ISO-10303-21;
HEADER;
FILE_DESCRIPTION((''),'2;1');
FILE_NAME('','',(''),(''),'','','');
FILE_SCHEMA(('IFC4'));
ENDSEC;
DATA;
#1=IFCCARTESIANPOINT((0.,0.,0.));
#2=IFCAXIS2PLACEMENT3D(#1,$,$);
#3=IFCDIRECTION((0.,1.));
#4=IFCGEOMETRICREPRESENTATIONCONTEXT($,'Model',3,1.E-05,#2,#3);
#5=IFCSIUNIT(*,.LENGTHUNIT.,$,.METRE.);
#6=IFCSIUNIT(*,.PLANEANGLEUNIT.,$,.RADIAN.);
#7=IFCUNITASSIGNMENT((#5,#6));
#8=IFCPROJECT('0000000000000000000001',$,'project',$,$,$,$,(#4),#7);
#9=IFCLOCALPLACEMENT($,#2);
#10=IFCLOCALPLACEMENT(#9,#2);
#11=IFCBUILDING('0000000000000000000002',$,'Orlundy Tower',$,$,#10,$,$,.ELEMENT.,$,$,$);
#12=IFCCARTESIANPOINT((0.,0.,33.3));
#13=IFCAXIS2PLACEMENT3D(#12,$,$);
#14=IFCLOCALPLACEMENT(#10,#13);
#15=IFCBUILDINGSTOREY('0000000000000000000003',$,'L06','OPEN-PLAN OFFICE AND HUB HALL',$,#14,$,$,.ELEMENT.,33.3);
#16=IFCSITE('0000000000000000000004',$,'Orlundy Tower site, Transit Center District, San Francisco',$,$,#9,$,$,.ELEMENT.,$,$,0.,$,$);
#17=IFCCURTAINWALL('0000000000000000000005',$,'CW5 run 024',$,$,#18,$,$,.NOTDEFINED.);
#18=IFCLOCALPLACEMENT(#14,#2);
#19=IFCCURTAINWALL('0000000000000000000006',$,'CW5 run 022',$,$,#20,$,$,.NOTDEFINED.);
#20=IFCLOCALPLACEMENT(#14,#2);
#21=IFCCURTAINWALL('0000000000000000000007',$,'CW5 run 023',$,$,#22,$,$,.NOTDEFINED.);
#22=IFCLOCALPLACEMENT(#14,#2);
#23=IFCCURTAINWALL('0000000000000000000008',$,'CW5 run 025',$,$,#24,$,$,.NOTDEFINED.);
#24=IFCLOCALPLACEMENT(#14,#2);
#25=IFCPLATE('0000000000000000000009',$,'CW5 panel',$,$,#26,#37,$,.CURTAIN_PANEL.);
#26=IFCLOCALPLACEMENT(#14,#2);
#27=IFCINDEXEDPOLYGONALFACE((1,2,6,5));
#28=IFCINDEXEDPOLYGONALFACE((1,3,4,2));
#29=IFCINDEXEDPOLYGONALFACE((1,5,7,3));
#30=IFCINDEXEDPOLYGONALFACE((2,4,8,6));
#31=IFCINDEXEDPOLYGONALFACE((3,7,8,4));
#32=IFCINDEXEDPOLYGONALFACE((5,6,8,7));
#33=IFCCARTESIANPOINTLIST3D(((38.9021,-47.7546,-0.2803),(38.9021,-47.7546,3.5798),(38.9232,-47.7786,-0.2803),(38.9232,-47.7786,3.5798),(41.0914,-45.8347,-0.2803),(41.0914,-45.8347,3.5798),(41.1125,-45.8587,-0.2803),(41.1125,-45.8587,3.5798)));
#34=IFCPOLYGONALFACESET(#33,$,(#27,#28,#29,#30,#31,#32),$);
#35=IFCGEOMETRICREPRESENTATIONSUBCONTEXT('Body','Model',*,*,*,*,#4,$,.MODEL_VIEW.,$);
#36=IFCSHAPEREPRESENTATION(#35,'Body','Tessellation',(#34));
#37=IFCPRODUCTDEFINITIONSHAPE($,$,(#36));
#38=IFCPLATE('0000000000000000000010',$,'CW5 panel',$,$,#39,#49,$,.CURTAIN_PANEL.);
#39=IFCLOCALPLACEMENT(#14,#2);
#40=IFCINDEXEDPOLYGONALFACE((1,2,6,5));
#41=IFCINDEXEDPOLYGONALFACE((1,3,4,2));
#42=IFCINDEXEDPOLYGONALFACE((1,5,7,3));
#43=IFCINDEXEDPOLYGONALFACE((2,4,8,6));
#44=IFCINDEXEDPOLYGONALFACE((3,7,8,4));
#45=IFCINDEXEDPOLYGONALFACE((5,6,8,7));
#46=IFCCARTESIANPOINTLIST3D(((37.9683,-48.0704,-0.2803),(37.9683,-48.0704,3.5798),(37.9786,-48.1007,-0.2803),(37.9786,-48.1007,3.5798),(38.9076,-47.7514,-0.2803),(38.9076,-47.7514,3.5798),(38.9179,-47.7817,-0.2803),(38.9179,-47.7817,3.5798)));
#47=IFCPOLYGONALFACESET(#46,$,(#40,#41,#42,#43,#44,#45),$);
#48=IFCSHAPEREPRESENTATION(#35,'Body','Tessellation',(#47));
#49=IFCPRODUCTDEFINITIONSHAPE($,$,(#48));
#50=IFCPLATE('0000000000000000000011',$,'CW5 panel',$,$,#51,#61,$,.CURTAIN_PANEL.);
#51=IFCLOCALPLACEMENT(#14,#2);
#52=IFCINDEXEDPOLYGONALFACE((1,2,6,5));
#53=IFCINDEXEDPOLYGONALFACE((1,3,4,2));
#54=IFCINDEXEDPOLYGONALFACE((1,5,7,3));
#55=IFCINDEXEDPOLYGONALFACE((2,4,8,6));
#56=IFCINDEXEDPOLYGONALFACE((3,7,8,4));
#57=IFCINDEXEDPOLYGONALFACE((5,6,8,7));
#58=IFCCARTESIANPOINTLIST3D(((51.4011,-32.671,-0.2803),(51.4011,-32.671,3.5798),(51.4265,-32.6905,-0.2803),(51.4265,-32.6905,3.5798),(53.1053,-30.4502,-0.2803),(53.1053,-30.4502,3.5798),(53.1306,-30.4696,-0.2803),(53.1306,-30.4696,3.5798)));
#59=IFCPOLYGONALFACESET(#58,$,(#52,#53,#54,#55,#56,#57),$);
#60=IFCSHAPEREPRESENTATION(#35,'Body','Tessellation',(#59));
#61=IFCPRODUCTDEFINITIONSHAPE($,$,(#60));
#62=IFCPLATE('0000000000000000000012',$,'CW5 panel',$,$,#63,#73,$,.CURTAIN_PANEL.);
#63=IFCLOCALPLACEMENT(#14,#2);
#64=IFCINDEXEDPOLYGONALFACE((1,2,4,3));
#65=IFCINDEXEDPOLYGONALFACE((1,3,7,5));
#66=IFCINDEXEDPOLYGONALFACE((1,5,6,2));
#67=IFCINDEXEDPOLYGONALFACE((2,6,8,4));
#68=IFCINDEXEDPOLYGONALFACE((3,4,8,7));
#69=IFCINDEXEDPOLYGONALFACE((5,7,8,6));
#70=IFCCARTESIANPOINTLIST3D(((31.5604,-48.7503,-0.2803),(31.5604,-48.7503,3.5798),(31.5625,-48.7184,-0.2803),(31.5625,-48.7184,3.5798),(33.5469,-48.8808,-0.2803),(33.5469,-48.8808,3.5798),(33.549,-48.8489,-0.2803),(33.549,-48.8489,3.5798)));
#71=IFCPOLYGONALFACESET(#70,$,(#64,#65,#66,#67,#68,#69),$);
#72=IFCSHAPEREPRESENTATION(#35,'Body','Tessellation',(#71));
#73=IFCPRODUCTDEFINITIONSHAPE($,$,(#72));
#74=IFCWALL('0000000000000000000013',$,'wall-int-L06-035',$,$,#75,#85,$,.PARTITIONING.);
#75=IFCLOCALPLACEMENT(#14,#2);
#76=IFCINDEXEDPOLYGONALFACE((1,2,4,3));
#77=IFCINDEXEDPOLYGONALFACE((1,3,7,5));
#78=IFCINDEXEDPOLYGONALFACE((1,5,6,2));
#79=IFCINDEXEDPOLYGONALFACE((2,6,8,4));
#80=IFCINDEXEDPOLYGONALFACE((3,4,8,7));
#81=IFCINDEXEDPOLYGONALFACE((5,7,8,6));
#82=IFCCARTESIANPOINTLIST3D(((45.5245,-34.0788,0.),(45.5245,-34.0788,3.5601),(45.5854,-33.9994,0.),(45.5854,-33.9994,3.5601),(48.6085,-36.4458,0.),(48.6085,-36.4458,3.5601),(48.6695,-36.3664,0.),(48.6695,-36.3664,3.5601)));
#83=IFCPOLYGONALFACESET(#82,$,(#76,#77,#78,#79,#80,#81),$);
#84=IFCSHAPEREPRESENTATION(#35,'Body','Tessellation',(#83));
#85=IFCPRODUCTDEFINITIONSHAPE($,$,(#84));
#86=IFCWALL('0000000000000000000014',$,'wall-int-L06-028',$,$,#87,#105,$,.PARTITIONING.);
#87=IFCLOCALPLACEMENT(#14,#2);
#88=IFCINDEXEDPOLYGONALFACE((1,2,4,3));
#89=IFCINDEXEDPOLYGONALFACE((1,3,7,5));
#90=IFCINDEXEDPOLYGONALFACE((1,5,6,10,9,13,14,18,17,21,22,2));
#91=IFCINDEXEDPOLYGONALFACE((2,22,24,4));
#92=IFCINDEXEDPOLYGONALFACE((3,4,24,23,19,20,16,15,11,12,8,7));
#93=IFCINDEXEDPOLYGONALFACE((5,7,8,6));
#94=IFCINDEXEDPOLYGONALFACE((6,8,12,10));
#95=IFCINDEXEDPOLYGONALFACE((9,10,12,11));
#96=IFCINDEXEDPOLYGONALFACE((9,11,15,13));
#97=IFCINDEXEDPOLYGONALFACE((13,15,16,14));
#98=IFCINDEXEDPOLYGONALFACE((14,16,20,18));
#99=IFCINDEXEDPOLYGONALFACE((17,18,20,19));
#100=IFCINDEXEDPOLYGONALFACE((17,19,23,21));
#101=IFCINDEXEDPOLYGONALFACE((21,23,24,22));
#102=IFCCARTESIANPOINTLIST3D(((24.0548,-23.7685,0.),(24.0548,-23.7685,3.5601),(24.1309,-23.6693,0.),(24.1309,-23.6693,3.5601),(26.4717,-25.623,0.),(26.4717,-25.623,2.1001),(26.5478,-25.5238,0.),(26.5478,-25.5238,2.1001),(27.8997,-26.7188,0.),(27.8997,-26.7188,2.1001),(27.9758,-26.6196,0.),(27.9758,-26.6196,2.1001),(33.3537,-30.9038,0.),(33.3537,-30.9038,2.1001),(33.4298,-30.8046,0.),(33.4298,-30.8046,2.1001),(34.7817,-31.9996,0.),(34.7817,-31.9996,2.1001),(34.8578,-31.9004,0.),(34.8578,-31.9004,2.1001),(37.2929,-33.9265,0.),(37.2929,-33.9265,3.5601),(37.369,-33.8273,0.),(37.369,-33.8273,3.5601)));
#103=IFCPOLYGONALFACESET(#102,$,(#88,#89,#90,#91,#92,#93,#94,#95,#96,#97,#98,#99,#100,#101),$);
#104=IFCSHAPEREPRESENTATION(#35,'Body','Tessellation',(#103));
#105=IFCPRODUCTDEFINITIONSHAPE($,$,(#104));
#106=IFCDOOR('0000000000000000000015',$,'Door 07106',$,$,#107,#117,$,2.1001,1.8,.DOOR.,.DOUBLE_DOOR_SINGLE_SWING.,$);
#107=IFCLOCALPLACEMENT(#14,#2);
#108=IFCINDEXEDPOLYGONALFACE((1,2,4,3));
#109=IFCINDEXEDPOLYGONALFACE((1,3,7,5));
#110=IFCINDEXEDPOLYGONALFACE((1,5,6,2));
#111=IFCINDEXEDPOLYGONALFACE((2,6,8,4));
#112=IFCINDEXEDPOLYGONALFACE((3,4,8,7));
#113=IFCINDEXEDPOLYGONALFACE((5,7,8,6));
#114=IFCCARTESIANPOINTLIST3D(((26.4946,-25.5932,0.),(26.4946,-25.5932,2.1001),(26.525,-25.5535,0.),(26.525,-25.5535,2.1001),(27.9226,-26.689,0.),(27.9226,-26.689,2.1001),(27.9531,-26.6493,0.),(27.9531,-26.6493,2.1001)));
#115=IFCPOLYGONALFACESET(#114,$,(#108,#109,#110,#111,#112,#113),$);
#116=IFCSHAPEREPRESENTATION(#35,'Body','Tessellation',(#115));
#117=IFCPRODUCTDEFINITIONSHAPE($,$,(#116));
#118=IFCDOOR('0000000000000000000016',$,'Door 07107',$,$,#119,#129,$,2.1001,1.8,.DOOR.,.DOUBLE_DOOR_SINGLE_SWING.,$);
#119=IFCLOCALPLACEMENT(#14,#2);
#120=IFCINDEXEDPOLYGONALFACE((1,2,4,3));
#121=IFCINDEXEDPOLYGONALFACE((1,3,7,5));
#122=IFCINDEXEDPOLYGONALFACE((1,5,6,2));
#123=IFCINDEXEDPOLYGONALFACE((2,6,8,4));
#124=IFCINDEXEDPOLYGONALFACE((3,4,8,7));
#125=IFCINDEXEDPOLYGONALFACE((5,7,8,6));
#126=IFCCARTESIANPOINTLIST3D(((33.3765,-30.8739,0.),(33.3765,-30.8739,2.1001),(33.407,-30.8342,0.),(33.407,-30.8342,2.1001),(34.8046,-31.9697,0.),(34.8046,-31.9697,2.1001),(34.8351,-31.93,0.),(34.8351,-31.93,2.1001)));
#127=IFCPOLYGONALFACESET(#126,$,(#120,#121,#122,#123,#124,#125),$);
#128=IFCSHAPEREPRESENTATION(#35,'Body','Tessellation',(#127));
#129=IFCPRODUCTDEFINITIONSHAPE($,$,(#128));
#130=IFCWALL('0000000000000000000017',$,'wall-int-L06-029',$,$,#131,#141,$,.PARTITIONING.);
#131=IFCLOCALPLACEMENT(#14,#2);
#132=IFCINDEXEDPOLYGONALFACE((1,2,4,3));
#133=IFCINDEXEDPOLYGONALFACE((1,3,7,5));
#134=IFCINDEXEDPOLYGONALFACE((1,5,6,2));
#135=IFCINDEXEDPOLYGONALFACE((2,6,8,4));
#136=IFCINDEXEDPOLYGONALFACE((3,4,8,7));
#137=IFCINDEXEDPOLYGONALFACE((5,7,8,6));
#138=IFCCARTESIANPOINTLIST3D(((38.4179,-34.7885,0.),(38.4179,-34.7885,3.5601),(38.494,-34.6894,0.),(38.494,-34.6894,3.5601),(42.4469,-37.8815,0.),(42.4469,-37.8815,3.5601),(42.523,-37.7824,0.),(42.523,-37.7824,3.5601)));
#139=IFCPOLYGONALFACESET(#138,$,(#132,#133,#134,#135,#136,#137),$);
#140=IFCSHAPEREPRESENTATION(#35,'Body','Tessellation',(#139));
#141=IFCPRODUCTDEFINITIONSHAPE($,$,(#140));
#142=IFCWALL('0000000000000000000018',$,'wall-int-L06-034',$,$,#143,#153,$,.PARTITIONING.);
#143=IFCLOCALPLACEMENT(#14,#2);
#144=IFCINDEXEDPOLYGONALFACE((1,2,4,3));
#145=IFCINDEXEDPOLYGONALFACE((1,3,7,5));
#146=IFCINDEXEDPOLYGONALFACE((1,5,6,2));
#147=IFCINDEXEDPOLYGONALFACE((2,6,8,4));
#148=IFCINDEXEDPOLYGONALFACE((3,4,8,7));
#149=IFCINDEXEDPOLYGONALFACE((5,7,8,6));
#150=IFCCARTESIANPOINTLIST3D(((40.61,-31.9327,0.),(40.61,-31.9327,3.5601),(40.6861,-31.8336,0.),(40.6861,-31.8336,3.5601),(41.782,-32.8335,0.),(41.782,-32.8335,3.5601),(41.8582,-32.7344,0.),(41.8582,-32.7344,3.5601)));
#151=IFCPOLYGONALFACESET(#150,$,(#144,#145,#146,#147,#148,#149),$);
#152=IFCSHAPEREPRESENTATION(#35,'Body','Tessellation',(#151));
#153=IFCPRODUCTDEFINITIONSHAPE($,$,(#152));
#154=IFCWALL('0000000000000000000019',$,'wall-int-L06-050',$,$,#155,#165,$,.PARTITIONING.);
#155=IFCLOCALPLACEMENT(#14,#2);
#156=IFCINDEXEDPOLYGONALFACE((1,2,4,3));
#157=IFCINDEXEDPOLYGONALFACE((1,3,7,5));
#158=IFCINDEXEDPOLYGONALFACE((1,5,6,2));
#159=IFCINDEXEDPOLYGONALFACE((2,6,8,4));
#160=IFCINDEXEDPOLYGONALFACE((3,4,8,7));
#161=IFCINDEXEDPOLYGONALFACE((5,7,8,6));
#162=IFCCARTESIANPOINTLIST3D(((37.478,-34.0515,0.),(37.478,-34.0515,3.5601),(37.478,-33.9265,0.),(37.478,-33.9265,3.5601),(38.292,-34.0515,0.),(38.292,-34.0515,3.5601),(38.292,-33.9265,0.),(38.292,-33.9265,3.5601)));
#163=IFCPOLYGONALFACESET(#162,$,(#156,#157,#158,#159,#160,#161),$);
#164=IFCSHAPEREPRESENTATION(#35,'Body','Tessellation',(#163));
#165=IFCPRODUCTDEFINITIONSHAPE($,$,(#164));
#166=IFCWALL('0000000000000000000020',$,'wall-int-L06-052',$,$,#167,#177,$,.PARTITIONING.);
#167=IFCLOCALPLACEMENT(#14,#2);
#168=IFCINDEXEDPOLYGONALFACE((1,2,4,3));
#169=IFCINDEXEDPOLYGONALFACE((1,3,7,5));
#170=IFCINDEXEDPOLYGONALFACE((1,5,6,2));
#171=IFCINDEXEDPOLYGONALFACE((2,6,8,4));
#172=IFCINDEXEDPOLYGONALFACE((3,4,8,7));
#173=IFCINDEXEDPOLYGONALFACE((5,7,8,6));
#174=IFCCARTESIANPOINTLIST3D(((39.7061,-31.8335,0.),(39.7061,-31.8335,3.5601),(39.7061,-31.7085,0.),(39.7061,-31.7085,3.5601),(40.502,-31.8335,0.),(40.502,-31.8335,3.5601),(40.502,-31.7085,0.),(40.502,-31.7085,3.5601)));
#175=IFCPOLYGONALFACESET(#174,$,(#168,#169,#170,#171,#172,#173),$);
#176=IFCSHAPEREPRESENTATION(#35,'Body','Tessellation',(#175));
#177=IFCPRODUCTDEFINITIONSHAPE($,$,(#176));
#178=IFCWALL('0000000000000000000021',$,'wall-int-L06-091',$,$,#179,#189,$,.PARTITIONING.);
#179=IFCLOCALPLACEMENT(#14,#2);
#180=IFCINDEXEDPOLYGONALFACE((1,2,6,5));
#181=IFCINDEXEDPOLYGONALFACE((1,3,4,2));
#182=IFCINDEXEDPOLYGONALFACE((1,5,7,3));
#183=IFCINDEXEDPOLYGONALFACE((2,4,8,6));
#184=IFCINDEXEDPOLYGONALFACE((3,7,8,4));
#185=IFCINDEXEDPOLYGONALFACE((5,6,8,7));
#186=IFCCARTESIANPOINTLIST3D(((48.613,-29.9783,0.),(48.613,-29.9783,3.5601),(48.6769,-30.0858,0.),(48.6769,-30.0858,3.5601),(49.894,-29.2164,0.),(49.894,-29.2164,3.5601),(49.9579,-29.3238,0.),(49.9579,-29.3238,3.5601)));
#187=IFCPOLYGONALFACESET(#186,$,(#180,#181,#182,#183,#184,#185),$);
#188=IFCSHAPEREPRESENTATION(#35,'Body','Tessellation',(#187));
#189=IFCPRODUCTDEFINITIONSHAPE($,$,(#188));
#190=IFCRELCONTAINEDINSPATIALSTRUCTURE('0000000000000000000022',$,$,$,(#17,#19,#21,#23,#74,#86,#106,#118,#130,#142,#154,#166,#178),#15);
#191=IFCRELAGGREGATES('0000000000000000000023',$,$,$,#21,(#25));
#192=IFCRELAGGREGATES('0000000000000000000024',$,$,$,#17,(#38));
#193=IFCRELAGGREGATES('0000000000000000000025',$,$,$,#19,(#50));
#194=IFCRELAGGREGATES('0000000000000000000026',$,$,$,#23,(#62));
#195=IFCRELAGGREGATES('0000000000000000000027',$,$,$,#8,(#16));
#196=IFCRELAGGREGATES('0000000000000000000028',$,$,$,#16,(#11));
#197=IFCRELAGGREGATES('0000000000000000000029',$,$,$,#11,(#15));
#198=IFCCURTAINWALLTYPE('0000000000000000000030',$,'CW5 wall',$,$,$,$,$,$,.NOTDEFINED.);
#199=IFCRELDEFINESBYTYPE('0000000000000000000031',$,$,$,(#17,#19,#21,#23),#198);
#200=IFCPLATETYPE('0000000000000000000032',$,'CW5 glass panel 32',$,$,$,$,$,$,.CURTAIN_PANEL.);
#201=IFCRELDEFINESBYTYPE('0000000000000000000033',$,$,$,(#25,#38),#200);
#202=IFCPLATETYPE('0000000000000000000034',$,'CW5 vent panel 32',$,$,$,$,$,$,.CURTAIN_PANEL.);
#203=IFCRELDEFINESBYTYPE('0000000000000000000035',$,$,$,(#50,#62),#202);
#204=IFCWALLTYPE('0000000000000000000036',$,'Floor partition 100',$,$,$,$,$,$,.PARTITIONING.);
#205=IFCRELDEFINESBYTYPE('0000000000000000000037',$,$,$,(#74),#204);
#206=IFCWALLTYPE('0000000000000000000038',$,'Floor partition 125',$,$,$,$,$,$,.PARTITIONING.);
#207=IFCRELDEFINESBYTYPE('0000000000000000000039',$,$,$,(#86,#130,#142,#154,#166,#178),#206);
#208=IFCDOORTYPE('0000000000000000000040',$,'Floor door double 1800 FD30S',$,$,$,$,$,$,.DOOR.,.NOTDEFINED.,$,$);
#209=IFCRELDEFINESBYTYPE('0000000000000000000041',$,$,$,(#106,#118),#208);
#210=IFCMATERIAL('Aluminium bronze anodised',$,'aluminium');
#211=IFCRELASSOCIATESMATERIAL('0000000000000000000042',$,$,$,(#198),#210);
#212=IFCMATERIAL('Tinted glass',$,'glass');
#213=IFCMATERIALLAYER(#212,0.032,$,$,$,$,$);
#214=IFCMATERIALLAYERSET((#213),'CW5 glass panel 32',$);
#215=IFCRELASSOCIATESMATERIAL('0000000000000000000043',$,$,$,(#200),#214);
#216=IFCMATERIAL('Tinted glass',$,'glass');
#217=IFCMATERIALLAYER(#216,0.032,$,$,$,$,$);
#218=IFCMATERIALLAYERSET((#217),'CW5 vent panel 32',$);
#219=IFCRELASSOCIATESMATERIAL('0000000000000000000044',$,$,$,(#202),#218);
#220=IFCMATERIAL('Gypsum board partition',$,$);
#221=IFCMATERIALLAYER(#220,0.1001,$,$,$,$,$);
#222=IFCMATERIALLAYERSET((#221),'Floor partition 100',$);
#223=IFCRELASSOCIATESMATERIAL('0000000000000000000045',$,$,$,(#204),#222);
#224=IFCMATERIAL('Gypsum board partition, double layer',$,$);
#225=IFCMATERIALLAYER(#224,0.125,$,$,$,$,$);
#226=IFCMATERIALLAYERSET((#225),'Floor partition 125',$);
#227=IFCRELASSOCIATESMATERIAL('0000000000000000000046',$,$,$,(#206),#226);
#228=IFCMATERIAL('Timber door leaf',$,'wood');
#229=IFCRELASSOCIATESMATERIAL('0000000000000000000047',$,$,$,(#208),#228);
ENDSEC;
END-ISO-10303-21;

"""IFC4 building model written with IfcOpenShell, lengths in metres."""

from ifc_helpers import new_model, si_unit, direction, frame, frame_2d, origin, origin_2d, place, context, subcontext, project, spatial, rectangle, extrude, material, layer, layer_set, type_object, element, fill, aggregate, save


model = new_model("IFC4")

# Units and contexts
model_context = context("Model", 3, precision=1e-05, world=origin(), true_north=direction((0.0, 1.0)))
body_context = subcontext(model_context, "Body", "Model", "MODEL_VIEW")
ifc_project = project(units=[si_unit("LENGTHUNIT", "METRE"), si_unit("PLANEANGLEUNIT", "RADIAN")], contexts=[model_context])

# Site, building, storey
site_placement = place(None, origin())
site = spatial("IfcSite", under=ifc_project, at=site_placement, Name="Orlundy Tower site, Transit Center District, San Francisco", CompositionType="ELEMENT", RefElevation=0.0)
building_placement = place(site_placement, origin())
building = spatial("IfcBuilding", under=site, at=building_placement, Name="Orlundy Tower", CompositionType="ELEMENT")
storey_placement = place(building_placement, frame((0.0, 0.0, 33.3)))
storey = spatial("IfcBuildingStorey", under=building, at=storey_placement, Name="L06", Description="OPEN-PLAN OFFICE AND HUB HALL", CompositionType="ELEMENT", Elevation=33.3)

# Curtain wall
ifc_material_1 = material(Name="Aluminium bronze anodised", Category="aluminium")
curtain_wall_type = type_object("IfcCurtainWallType", Name="CW5 wall", PredefinedType="NOTDEFINED", material=ifc_material_1)
curtain_wall_1_placement = place(storey_placement, origin())
curtain_wall_1 = element("IfcCurtainWall", 1, at=curtain_wall_1_placement, inside=storey, type_object=curtain_wall_type, Name="CW5 run 024", PredefinedType="NOTDEFINED")

# Curtain wall
curtain_wall_2_placement = place(storey_placement, origin())
curtain_wall_2 = element("IfcCurtainWall", 2, at=curtain_wall_2_placement, inside=storey, type_object=curtain_wall_type, Name="CW5 run 022", PredefinedType="NOTDEFINED")

# Curtain wall
curtain_wall_3_placement = place(storey_placement, origin())
curtain_wall_3 = element("IfcCurtainWall", 3, at=curtain_wall_3_placement, inside=storey, type_object=curtain_wall_type, Name="CW5 run 023", PredefinedType="NOTDEFINED")

# Curtain wall
curtain_wall_4_placement = place(storey_placement, origin())
curtain_wall_4 = element("IfcCurtainWall", 4, at=curtain_wall_4_placement, inside=storey, type_object=curtain_wall_type, Name="CW5 run 025", PredefinedType="NOTDEFINED")

# Plates
ifc_material_2 = material(Name="Tinted glass", Category="glass")
ifc_layer_1 = layer(ifc_material_2, 0.032)
ifc_layer_set_1 = layer_set([ifc_layer_1], Name="CW5 glass panel 32")
plate_type_1 = type_object("IfcPlateType", Name="CW5 glass panel 32", PredefinedType="CURTAIN_PANEL", material=ifc_layer_set_1)
plate_1_placement = place(storey_placement, frame((40.0073, -46.8066, -0.2803), z_axis=(0.0, 0.0, 1.0), x_axis=(-0.751858, -0.659325, 0.0)))
plate_1 = element("IfcPlate", 5, at=plate_1_placement, type_object=plate_type_1, Name="CW5 panel", PredefinedType="CURTAIN_PANEL", context=body_context, shape_type="SweptSolid", body=[
    extrude(rectangle(XDim=2.9119, YDim=0.032, at=origin_2d()), origin(), (0.0, 0.0, 1.0), 3.8601),
])
aggregate(curtain_wall_3, [plate_1])
plate_2_placement = place(storey_placement, frame((38.4431, -47.926, -0.2803), z_axis=(0.0, 0.0, 1.0), x_axis=(-0.946888, -0.321564, 0.0)))
plate_2 = element("IfcPlate", 6, at=plate_2_placement, type_object=plate_type_1, Name="CW5 panel", PredefinedType="CURTAIN_PANEL", context=body_context, shape_type="SweptSolid", body=[
    extrude(rectangle(XDim=0.9919, YDim=0.032, at=origin_2d()), origin(), (0.0, 0.0, 1.0), 3.8601),
])
aggregate(curtain_wall_1, [plate_2])
ifc_material_3 = material(Name="Tinted glass", Category="glass")
ifc_layer_2 = layer(ifc_material_3, 0.032)
ifc_layer_set_2 = layer_set([ifc_layer_2], Name="CW5 vent panel 32")
plate_type_2 = type_object("IfcPlateType", Name="CW5 vent panel 32", PredefinedType="CURTAIN_PANEL", material=ifc_layer_set_2)
plate_3_placement = place(storey_placement, frame((52.2659, -31.5703, -0.2803), z_axis=(0.0, 0.0, 1.0), x_axis=(-0.608771, -0.793346, 0.0)))
plate_3 = element("IfcPlate", 7, at=plate_3_placement, type_object=plate_type_2, Name="CW5 panel", PredefinedType="CURTAIN_PANEL", context=body_context, shape_type="SweptSolid", body=[
    extrude(rectangle(XDim=2.7993, YDim=0.032, at=origin_2d()), origin(), (0.0, 0.0, 1.0), 3.8601),
])
aggregate(curtain_wall_2, [plate_3])
plate_4_placement = place(storey_placement, frame((32.5547, -48.7996, -0.2803), z_axis=(0.0, 0.0, 1.0), x_axis=(-0.997849, 0.065552, 0.0)))
plate_4 = element("IfcPlate", 8, at=plate_4_placement, type_object=plate_type_2, Name="CW5 panel", PredefinedType="CURTAIN_PANEL", context=body_context, shape_type="SweptSolid", body=[
    extrude(rectangle(XDim=1.9907, YDim=0.032, at=origin_2d()), origin(), (0.0, 0.0, 1.0), 3.8601),
])
aggregate(curtain_wall_4, [plate_4])

# Wall
ifc_material_4 = material(Name="Gypsum board partition")
ifc_layer_3 = layer(ifc_material_4, 0.1001)
ifc_layer_set_3 = layer_set([ifc_layer_3], Name="Floor partition 100")
wall_type_1 = type_object("IfcWallType", Name="Floor partition 100", PredefinedType="PARTITIONING", material=ifc_layer_set_3)
wall_1_placement = place(storey_placement, frame((45.5549, -34.0391, 0.0), z_axis=(0.0, 0.0, 1.0), x_axis=(0.793289, -0.608845, 0.0)))
element("IfcWall", 9, at=wall_1_placement, inside=storey, type_object=wall_type_1, Name="wall-int-L06-035", PredefinedType="PARTITIONING", context=body_context, shape_type="SweptSolid", body=[
    extrude(rectangle(XDim=3.8877, YDim=0.1001, at=frame_2d((1.9438, 0.0))), origin(), (0.0, 0.0, 1.0), 3.5601),
])

# Wall, openings, doors
ifc_material_5 = material(Name="Gypsum board partition, double layer")
ifc_layer_4 = layer(ifc_material_5, 0.125)
ifc_layer_set_4 = layer_set([ifc_layer_4], Name="Floor partition 125")
wall_type_2 = type_object("IfcWallType", Name="Floor partition 125", PredefinedType="PARTITIONING", material=ifc_layer_set_4)
wall_2_placement = place(storey_placement, frame((37.3311, -33.877, 0.0), z_axis=(0.0, 0.0, 1.0), x_axis=(-0.793352, 0.608764, 0.0)))
wall_2 = element("IfcWall", 10, at=wall_2_placement, inside=storey, type_object=wall_type_2, Name="wall-int-L06-028", PredefinedType="PARTITIONING", context=body_context, shape_type="SweptSolid", body=[
    extrude(rectangle(XDim=16.6863, YDim=0.125, at=frame_2d((8.3433, 0.0))), origin(), (0.0, 0.0, 1.0), 3.5601),
])
opening_1_placement = place(wall_2_placement, frame((11.8401, 0.0, 0.0)))
opening_1 = element("IfcOpeningElement", 11, at=opening_1_placement, cuts=wall_2, PredefinedType="OPENING", context=body_context, shape_type="SweptSolid", body=[
    extrude(rectangle(XDim=1.8, YDim=2.1001, at=frame_2d((0.8999, 1.05))), frame((0.0, 0.0725, 0.0), z_axis=(0.0, -1.0, 0.0), x_axis=(1.0, 0.0, 0.0)), (0.0, 0.0, 1.0), 0.145),
])
opening_2_placement = place(wall_2_placement, frame((3.1655, 0.0, 0.0)))
opening_2 = element("IfcOpeningElement", 12, at=opening_2_placement, cuts=wall_2, PredefinedType="OPENING", context=body_context, shape_type="SweptSolid", body=[
    extrude(rectangle(XDim=1.8, YDim=2.1001, at=frame_2d((0.8999, 1.05))), frame((0.0, 0.0725, 0.0), z_axis=(0.0, -1.0, 0.0), x_axis=(1.0, 0.0, 0.0)), (0.0, 0.0, 1.0), 0.145),
])
ifc_material_6 = material(Name="Timber door leaf", Category="wood")
door_type = type_object("IfcDoorType", Name="Floor door double 1800 FD30S", OperationType="NOTDEFINED", PredefinedType="DOOR", material=ifc_material_6)
door_1_placement = place(opening_1_placement, origin())
door_1 = element("IfcDoor", 13, at=door_1_placement, inside=storey, type_object=door_type, Name="Door 07106", OperationType="DOUBLE_DOOR_SINGLE_SWING", OverallHeight=2.1001, OverallWidth=1.8, PredefinedType="DOOR", context=body_context, shape_type="SweptSolid", body=[
    extrude(rectangle(XDim=1.8, YDim=2.1001, at=frame_2d((0.8999, 1.05))), frame((0.0, 0.0249, 0.0), z_axis=(0.0, -1.0, 0.0), x_axis=(1.0, 0.0, 0.0)), (0.0, 0.0, 1.0), 0.05),
])
fill(opening_1, door_1)
door_2_placement = place(opening_2_placement, origin())
door_2 = element("IfcDoor", 14, at=door_2_placement, inside=storey, type_object=door_type, Name="Door 07107", OperationType="DOUBLE_DOOR_SINGLE_SWING", OverallHeight=2.1001, OverallWidth=1.8, PredefinedType="DOOR", context=body_context, shape_type="SweptSolid", body=[
    extrude(rectangle(XDim=1.8, YDim=2.1001, at=frame_2d((0.8999, 1.05))), frame((0.0, 0.0249, 0.0), z_axis=(0.0, -1.0, 0.0), x_axis=(1.0, 0.0, 0.0)), (0.0, 0.0, 1.0), 0.05),
])
fill(opening_2, door_2)

# Walls
wall_3_placement = place(storey_placement, frame((38.4561, -34.739, 0.0), z_axis=(0.0, 0.0, 1.0), x_axis=(0.793219, -0.608937, 0.0)))
element("IfcWall", 15, at=wall_3_placement, inside=storey, type_object=wall_type_2, Name="wall-int-L06-029", PredefinedType="PARTITIONING", context=body_context, shape_type="SweptSolid", body=[
    extrude(rectangle(XDim=5.0793, YDim=0.125, at=frame_2d((2.5396, 0.0))), origin(), (0.0, 0.0, 1.0), 3.5601),
])
wall_4_placement = place(storey_placement, frame((40.6479, -31.8831, 0.0), z_axis=(0.0, 0.0, 1.0), x_axis=(0.792869, -0.609391, 0.0)))
element("IfcWall", 16, at=wall_4_placement, inside=storey, type_object=wall_type_2, Name="wall-int-L06-034", PredefinedType="PARTITIONING", context=body_context, shape_type="SweptSolid", body=[
    extrude(rectangle(XDim=1.4783, YDim=0.125, at=frame_2d((0.7393, 0.0))), origin(), (0.0, 0.0, 1.0), 3.5601),
])
wall_5_placement = place(storey_placement, frame((37.478, -33.989, 0.0), z_axis=(0.0, 0.0, 1.0), x_axis=(1.0, 0.0, 0.0)))
element("IfcWall", 17, at=wall_5_placement, inside=storey, type_object=wall_type_2, Name="wall-int-L06-050", PredefinedType="PARTITIONING", context=body_context, shape_type="SweptSolid", body=[
    extrude(rectangle(XDim=0.814, YDim=0.125, at=frame_2d((0.407, 0.0))), origin(), (0.0, 0.0, 1.0), 3.5601),
])
wall_6_placement = place(storey_placement, frame((39.7061, -31.771, 0.0), z_axis=(0.0, 0.0, 1.0), x_axis=(1.0, 0.0, 0.0)))
element("IfcWall", 18, at=wall_6_placement, inside=storey, type_object=wall_type_2, Name="wall-int-L06-052", PredefinedType="PARTITIONING", context=body_context, shape_type="SweptSolid", body=[
    extrude(rectangle(XDim=0.7959, YDim=0.125, at=frame_2d((0.3979, 0.0))), origin(), (0.0, 0.0, 1.0), 3.5601),
])
wall_7_placement = place(storey_placement, frame((48.645, -30.032, 0.0), z_axis=(0.0, 0.0, 1.0), x_axis=(0.859452, 0.511216, 0.0)))
element("IfcWall", 19, at=wall_7_placement, inside=storey, type_object=wall_type_2, Name="wall-int-L06-091", PredefinedType="PARTITIONING", context=body_context, shape_type="SweptSolid", body=[
    extrude(rectangle(XDim=1.4905, YDim=0.125, at=frame_2d((0.7451, 0.0))), origin(), (0.0, 0.0, 1.0), 3.5601),
])

save(model, "model.ifc")
